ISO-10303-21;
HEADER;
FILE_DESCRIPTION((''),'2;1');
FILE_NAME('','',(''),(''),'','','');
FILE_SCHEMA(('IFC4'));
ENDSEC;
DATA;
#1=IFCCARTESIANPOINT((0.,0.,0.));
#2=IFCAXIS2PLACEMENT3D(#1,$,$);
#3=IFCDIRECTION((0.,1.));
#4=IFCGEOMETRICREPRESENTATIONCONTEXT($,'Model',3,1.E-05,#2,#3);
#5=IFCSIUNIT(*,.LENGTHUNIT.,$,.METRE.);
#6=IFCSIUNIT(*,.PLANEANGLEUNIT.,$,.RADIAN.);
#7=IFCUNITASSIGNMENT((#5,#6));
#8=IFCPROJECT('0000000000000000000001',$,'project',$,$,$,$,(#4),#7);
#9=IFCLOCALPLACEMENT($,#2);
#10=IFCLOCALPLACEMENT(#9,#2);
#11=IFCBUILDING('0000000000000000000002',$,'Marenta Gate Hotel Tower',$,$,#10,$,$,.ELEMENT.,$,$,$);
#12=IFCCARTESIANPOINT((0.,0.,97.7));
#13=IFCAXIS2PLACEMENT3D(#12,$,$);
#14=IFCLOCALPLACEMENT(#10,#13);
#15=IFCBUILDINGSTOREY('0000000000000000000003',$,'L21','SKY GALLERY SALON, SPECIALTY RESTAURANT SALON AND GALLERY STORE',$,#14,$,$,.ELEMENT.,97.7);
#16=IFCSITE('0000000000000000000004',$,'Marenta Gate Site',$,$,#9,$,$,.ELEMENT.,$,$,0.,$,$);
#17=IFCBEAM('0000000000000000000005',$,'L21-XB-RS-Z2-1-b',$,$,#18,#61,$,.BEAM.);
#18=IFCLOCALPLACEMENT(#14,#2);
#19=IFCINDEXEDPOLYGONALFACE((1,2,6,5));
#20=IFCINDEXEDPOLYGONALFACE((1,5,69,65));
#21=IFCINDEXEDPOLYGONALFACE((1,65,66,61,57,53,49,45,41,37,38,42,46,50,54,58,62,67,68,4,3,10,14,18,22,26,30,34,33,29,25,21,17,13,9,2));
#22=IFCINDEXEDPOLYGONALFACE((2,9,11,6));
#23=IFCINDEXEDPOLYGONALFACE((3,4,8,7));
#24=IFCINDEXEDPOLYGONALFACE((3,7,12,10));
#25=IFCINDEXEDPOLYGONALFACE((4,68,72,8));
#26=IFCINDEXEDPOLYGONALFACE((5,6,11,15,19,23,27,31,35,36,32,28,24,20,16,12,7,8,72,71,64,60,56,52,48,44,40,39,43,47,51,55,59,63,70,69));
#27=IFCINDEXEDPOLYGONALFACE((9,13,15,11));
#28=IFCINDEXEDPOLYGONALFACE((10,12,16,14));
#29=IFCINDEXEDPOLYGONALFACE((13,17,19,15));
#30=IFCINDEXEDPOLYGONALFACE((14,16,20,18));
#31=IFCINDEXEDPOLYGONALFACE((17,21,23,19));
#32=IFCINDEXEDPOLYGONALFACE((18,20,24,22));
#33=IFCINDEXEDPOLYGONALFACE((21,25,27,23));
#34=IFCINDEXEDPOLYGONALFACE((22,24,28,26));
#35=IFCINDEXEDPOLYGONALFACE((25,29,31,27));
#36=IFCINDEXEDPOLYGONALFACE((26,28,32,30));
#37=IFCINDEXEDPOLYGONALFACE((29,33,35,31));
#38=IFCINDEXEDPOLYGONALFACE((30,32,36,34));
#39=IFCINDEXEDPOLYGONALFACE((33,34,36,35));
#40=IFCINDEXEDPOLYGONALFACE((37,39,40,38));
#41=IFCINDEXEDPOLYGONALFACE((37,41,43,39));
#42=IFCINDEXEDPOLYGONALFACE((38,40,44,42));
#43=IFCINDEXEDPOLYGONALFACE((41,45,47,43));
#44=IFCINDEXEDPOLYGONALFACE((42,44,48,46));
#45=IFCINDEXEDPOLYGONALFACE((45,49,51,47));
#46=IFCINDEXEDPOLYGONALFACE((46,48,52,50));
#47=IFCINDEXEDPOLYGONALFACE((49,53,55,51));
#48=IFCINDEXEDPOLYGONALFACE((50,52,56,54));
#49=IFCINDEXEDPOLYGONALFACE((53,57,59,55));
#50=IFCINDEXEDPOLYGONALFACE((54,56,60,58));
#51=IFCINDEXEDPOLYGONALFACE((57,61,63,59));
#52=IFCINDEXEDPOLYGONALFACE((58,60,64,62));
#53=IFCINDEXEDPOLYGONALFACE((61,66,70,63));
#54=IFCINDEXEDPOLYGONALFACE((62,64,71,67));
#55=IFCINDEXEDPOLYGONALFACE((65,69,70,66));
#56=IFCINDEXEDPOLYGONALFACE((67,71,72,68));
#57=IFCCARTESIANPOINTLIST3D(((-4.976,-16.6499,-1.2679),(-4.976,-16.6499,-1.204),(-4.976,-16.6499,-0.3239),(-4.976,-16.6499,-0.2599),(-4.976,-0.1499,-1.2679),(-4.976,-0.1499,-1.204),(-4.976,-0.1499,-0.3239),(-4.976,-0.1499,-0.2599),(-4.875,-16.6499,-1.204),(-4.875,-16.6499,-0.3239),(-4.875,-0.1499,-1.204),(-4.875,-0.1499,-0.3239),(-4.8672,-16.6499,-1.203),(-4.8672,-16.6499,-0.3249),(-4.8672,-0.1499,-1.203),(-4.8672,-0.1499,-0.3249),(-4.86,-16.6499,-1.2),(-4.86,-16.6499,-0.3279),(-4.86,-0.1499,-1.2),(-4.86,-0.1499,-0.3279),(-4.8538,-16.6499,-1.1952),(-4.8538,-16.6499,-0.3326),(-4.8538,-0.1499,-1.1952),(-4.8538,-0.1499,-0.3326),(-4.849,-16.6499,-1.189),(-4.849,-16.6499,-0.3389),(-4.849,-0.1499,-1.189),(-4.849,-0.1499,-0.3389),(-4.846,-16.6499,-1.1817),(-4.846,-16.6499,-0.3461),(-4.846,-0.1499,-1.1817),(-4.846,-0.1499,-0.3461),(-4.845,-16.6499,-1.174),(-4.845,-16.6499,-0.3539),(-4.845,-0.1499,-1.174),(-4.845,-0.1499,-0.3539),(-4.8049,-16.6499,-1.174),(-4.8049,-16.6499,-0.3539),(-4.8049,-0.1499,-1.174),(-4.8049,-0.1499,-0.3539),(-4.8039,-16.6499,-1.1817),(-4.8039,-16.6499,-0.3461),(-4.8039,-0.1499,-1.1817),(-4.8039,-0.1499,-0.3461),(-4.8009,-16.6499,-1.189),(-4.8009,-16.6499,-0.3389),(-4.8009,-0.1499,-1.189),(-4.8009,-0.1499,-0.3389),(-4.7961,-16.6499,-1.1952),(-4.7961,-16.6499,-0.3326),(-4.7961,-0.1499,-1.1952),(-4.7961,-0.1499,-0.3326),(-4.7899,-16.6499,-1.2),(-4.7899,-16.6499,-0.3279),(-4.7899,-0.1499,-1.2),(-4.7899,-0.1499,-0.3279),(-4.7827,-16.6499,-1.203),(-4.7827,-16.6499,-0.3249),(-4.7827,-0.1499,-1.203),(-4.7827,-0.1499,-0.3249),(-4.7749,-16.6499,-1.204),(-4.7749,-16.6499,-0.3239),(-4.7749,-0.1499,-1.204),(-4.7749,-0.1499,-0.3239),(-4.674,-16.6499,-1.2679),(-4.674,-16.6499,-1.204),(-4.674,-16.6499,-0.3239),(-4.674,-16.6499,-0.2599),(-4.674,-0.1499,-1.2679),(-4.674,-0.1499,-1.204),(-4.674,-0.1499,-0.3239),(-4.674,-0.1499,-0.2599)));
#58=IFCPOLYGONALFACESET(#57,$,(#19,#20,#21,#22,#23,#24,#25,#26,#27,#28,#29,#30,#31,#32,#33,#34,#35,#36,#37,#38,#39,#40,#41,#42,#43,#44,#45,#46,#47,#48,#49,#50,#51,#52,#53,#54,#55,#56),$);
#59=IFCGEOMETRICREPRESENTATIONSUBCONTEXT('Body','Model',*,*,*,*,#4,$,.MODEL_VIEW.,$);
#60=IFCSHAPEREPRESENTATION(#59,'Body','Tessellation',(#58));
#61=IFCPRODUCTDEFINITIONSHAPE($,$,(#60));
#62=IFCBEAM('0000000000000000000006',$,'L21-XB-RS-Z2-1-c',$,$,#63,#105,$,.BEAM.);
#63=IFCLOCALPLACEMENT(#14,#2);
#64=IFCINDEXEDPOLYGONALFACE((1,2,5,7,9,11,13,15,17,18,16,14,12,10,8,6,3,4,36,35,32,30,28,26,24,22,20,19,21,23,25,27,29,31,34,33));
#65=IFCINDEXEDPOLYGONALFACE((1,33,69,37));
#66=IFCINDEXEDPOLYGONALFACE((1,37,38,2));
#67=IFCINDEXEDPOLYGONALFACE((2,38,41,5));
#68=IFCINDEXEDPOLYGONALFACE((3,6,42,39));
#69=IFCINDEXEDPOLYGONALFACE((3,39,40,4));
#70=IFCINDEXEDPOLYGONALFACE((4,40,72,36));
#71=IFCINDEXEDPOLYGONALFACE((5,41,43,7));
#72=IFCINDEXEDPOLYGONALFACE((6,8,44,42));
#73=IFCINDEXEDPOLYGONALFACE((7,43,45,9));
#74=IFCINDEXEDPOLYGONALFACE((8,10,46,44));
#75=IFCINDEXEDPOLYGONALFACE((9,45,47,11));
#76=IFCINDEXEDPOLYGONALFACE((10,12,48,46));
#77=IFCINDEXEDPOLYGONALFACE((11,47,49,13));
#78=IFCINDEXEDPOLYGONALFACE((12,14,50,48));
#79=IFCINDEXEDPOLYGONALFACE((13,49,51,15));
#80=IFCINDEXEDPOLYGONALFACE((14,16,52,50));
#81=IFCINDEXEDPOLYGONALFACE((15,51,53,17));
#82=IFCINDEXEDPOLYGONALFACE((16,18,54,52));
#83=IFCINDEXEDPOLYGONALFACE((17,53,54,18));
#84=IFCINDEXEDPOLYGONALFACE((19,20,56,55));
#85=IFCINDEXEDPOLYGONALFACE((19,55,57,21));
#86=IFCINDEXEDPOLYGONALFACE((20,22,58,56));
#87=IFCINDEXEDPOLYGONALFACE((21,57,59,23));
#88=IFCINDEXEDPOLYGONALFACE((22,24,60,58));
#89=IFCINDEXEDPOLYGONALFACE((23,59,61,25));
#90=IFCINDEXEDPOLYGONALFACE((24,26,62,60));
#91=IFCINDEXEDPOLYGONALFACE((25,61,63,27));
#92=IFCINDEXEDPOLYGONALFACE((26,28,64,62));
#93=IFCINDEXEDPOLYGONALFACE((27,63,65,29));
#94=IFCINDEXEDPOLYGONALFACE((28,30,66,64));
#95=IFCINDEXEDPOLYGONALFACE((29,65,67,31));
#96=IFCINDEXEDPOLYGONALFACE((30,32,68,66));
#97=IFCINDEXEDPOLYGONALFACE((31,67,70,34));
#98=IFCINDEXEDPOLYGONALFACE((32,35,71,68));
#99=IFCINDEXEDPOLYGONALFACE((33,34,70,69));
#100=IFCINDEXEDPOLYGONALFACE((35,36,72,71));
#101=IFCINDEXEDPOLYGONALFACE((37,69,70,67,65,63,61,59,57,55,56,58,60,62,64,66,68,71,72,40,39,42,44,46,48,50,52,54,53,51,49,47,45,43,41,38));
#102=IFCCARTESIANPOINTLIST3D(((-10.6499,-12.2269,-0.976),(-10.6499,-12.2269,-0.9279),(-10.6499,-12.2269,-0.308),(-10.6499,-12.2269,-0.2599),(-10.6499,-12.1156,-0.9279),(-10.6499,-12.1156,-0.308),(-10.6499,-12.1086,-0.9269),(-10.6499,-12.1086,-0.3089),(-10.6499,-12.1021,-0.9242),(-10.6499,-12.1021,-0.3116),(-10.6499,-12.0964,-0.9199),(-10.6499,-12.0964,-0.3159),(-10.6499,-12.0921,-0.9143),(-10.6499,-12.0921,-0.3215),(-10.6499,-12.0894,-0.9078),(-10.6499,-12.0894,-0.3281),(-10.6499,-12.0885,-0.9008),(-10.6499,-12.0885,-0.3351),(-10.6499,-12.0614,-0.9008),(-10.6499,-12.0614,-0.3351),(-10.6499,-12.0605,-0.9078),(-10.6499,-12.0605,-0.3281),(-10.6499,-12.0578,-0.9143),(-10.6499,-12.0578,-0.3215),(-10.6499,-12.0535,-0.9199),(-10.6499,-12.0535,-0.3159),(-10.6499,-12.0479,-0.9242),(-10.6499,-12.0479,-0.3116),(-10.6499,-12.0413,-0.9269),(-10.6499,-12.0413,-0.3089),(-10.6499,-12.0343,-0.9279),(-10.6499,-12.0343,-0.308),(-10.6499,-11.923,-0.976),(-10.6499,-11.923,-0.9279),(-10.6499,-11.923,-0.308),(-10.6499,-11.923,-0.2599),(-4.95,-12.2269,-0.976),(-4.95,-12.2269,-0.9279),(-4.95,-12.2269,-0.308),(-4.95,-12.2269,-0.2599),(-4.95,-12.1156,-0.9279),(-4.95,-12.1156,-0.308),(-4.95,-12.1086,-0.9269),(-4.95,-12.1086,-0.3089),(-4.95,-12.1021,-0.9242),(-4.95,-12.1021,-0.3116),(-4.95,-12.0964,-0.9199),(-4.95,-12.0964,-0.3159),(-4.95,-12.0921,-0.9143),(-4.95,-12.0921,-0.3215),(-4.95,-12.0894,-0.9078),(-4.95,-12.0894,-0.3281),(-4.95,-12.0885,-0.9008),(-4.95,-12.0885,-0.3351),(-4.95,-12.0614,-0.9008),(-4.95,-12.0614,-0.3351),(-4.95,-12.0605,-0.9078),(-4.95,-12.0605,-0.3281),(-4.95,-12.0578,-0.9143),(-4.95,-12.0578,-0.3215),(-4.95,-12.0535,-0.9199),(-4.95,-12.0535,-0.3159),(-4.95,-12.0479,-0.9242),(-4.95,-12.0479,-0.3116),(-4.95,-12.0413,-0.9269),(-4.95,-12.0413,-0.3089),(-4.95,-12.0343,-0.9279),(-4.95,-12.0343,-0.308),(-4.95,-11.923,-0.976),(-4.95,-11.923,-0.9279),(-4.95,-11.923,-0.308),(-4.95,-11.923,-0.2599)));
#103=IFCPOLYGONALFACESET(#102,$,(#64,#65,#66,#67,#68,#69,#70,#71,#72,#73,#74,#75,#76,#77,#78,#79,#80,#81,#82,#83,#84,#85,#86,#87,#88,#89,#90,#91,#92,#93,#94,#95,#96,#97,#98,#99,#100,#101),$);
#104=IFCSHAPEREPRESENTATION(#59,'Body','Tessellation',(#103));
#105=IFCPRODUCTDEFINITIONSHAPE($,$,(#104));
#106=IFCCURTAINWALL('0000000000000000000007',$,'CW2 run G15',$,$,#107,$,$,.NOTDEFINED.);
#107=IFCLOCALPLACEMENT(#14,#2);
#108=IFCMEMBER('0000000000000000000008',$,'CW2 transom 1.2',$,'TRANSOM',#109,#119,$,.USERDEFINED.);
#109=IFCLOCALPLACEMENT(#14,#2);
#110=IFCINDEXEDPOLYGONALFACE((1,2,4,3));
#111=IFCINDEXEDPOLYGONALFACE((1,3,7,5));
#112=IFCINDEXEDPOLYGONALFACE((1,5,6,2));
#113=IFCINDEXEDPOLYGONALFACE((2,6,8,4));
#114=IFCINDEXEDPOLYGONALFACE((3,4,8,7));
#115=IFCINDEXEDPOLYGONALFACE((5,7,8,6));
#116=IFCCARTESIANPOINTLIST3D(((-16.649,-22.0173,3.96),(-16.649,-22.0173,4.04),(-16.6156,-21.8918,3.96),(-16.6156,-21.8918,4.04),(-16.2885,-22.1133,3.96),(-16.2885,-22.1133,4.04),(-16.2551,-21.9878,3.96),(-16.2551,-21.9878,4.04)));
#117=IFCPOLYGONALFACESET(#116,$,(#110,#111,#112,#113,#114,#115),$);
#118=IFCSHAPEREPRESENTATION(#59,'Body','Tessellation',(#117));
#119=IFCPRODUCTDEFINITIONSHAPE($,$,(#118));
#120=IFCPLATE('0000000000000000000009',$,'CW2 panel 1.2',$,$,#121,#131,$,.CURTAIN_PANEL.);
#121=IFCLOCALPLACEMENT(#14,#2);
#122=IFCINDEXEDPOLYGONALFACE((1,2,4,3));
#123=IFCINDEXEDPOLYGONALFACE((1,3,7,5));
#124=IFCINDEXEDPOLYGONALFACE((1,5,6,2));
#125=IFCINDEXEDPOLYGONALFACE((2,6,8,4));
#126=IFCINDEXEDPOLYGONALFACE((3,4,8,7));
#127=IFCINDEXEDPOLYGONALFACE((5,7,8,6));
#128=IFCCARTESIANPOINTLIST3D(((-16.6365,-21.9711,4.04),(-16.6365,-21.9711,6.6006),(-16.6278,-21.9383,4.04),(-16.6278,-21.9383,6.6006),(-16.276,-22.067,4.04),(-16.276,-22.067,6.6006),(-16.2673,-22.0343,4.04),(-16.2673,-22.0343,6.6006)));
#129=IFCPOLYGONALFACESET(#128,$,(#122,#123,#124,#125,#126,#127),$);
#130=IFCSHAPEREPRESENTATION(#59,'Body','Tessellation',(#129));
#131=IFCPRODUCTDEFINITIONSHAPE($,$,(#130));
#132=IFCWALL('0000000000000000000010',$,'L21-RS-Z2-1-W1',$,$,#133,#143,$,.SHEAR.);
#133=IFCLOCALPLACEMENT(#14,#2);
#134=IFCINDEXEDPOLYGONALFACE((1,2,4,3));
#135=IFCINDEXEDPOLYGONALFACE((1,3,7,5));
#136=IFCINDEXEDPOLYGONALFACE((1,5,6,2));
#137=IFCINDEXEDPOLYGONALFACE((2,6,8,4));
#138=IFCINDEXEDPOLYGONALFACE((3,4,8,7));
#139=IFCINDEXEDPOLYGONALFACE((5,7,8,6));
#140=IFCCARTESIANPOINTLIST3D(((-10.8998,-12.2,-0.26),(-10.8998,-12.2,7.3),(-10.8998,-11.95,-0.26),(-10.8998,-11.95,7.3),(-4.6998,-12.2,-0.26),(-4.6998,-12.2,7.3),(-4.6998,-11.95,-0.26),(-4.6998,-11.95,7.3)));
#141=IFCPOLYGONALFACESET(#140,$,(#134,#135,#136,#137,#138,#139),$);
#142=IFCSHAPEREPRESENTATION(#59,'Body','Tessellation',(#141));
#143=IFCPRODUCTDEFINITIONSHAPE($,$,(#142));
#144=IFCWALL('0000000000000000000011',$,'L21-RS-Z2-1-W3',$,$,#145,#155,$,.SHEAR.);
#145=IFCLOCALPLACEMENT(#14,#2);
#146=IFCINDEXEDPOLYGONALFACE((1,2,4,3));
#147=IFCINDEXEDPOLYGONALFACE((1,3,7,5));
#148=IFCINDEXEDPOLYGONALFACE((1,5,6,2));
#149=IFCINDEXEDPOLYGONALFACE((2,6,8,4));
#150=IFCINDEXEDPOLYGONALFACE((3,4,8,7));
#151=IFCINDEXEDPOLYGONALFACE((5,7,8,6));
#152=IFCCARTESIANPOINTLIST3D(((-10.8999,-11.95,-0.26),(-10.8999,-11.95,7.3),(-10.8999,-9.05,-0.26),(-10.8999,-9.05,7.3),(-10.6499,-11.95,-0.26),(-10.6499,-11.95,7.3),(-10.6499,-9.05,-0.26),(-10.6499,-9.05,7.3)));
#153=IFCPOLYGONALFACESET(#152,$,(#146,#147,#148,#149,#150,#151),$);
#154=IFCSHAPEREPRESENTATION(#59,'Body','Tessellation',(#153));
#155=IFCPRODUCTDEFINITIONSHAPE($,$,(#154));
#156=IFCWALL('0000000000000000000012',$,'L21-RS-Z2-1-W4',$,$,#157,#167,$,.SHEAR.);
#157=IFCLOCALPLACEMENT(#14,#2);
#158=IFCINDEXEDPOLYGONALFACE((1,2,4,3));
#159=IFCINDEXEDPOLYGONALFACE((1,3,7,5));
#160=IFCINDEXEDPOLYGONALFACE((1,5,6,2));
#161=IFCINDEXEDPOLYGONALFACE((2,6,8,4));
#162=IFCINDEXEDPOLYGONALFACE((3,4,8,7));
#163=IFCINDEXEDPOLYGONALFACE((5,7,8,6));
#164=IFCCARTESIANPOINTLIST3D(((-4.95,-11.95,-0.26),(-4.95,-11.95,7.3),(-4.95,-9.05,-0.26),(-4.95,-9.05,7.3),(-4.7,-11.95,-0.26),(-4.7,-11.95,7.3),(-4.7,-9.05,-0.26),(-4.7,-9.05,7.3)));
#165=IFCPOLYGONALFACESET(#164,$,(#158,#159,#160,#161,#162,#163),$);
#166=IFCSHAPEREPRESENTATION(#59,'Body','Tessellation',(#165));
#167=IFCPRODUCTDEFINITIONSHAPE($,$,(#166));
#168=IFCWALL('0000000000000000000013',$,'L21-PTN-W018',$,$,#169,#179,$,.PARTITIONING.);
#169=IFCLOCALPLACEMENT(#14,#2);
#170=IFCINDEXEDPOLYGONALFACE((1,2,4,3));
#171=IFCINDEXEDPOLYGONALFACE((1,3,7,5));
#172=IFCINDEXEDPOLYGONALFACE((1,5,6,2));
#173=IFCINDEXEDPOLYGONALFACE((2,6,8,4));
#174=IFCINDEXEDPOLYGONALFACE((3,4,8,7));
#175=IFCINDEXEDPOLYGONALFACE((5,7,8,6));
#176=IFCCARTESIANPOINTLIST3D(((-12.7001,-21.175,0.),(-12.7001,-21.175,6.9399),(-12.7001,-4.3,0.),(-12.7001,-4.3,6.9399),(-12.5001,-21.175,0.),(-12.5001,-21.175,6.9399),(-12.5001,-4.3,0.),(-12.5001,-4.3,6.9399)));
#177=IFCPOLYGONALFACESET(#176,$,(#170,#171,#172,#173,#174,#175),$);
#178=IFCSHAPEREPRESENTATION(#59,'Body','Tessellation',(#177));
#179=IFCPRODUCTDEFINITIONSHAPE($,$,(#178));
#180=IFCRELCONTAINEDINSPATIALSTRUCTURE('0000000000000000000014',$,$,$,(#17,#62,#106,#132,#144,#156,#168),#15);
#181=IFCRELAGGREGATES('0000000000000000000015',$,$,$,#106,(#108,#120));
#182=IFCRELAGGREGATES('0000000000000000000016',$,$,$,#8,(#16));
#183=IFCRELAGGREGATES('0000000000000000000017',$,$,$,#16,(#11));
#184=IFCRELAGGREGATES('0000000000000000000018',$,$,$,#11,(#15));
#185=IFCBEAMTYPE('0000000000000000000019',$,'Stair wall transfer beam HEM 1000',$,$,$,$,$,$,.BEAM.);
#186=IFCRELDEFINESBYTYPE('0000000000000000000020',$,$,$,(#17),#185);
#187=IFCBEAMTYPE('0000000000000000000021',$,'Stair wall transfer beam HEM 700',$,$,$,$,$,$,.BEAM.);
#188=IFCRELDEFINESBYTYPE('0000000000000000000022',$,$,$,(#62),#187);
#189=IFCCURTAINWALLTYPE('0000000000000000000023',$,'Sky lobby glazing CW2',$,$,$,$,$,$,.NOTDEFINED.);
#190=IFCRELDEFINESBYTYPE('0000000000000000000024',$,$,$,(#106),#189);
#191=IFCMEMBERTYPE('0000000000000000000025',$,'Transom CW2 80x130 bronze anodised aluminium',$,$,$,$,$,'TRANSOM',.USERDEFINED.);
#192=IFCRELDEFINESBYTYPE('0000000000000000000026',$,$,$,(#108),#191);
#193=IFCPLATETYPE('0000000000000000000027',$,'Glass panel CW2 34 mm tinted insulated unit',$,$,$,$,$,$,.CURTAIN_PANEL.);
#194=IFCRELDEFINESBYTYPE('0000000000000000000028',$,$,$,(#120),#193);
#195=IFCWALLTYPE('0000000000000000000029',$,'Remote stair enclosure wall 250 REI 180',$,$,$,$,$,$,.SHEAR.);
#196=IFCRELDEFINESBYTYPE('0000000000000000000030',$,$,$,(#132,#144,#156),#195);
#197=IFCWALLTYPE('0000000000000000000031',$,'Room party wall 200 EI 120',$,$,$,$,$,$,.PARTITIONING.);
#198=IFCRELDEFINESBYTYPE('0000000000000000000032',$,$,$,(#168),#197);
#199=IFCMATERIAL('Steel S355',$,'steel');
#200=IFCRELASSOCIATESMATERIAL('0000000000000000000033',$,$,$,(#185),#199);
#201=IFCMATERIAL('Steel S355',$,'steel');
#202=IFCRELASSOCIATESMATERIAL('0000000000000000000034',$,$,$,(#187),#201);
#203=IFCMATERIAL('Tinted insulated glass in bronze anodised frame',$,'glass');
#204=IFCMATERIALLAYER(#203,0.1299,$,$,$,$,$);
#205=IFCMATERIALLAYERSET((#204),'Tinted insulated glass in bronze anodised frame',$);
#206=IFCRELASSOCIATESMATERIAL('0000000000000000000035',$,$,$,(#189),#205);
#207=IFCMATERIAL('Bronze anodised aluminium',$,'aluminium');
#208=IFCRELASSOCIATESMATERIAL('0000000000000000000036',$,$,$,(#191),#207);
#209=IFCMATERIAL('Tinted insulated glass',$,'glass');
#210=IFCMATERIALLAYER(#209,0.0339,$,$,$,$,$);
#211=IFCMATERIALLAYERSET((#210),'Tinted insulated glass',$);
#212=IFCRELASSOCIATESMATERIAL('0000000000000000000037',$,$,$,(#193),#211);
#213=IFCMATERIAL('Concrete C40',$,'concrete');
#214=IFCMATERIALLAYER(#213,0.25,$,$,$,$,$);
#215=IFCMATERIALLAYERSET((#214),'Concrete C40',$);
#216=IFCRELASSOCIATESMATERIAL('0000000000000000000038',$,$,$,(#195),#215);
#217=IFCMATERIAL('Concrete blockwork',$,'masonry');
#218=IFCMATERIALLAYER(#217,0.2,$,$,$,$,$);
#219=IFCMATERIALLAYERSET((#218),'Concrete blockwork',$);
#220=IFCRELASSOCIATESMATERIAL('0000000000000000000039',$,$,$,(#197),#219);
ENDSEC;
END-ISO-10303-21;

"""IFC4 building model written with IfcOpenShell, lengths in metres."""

from ifc_helpers import new_model, si_unit, direction, frame, frame_2d, origin, origin_2d, place, context, subcontext, project, spatial, rectangle, i_section, extrude, material, layer, layer_set, material_profile, profile_set, type_object, element, aggregate, save


model = new_model("IFC4")

# Units and contexts
model_context = context("Model", 3, precision=1e-05, world=origin(), true_north=direction((0.0, 1.0)))
body_context = subcontext(model_context, "Body", "Model", "MODEL_VIEW")
ifc_project = project(units=[si_unit("LENGTHUNIT", "METRE"), si_unit("PLANEANGLEUNIT", "RADIAN")], contexts=[model_context])

# Site, building, storey
site_placement = place(None, origin())
site = spatial("IfcSite", under=ifc_project, at=site_placement, Name="Marenta Gate Site", CompositionType="ELEMENT", RefElevation=0.0)
building_placement = place(site_placement, origin())
building = spatial("IfcBuilding", under=site, at=building_placement, Name="Marenta Gate Hotel Tower", CompositionType="ELEMENT")
storey_placement = place(building_placement, frame((0.0, 0.0, 97.7)))
storey = spatial("IfcBuildingStorey", under=building, at=storey_placement, Name="L21", Description="SKY GALLERY SALON, SPECIALTY RESTAURANT SALON AND GALLERY STORE", CompositionType="ELEMENT", Elevation=97.7)

# Beams
ifc_material_1 = material(Name="Steel S355", Category="steel")
ifc_material_profile_1 = material_profile(ifc_material_1, i_section(OverallWidth=0.302, OverallDepth=1.0081, WebThickness=0.04, FlangeThickness=0.064, FilletRadius=0.03, at=origin_2d()), Name="HEM 1000")
ifc_profile_set_1 = profile_set([ifc_material_profile_1], Name="Steel S355")
beam_type_1 = type_object("IfcBeamType", Name="Stair wall transfer beam HEM 1000", PredefinedType="BEAM", material=ifc_profile_set_1)
for number, where, z_axis, x_axis, name in (
    (1, (-4.825, -16.6499, -0.7639), (0.0, 1.0, 0.0), (-1.0, 0.0, 0.0), "L21-XB-RS-Z2-1-b"),
):
    element("IfcBeam", number, at=place(storey_placement, frame(where, z_axis=z_axis, x_axis=x_axis)), inside=storey, type_object=beam_type_1, Name=name, PredefinedType="BEAM", context=body_context, shape_type="SweptSolid", body=[
        extrude(i_section(OverallWidth=0.302, OverallDepth=1.0081, WebThickness=0.04, FlangeThickness=0.064, FilletRadius=0.03, at=origin_2d()), origin(), (0.0, 0.0, 1.0), 16.5),
    ])
ifc_material_2 = material(Name="Steel S355", Category="steel")
ifc_material_profile_2 = material_profile(ifc_material_2, i_section(OverallWidth=0.304, OverallDepth=0.7161, WebThickness=0.0271, FlangeThickness=0.0481, FilletRadius=0.0271, at=origin_2d()), Name="HEM 700")
ifc_profile_set_2 = profile_set([ifc_material_profile_2], Name="Steel S355")
beam_type_2 = type_object("IfcBeamType", Name="Stair wall transfer beam HEM 700", PredefinedType="BEAM", material=ifc_profile_set_2)
beam_1_placement = place(storey_placement, frame((-10.6499, -12.075, -0.6179), z_axis=(1.0, 0.0, 0.0), x_axis=(0.0, 1.0, 0.0)))
element("IfcBeam", 2, at=beam_1_placement, inside=storey, type_object=beam_type_2, Name="L21-XB-RS-Z2-1-c", PredefinedType="BEAM", context=body_context, shape_type="SweptSolid", body=[
    extrude(i_section(OverallWidth=0.304, OverallDepth=0.7161, WebThickness=0.0271, FlangeThickness=0.0481, FilletRadius=0.0271, at=origin_2d()), origin(), (0.0, 0.0, 1.0), 5.7),
])

# Curtain wall, member, plate
ifc_material_3 = material(Name="Tinted insulated glass in bronze anodised frame", Category="glass")
ifc_layer_1 = layer(ifc_material_3, 0.1299)
ifc_layer_set_1 = layer_set([ifc_layer_1], Name="Tinted insulated glass in bronze anodised frame")
curtain_wall_type = type_object("IfcCurtainWallType", Name="Sky lobby glazing CW2", PredefinedType="NOTDEFINED", material=ifc_layer_set_1)
curtain_wall_placement = place(storey_placement, origin())
curtain_wall = element("IfcCurtainWall", 3, at=curtain_wall_placement, inside=storey, type_object=curtain_wall_type, Name="CW2 run G15", PredefinedType="NOTDEFINED")
ifc_material_4 = material(Name="Bronze anodised aluminium", Category="aluminium")
ifc_material_profile_3 = material_profile(ifc_material_4, rectangle(XDim=0.1299, YDim=0.0801, at=origin_2d()), Name="Transom CW2 80x130 bronze anodised aluminium")
ifc_profile_set_3 = profile_set([ifc_material_profile_3], Name="Bronze anodised aluminium")
member_type = type_object("IfcMemberType", Name="Transom CW2 80x130 bronze anodised aluminium", ElementType="TRANSOM", PredefinedType="USERDEFINED", material=ifc_profile_set_3)
member_placement = place(storey_placement, frame((-16.6323, -21.9546, 4.0), z_axis=(0.966376, -0.257133, 0.0), x_axis=(0.257133, 0.966376, 0.0)))
member = element("IfcMember", 4, at=member_placement, type_object=member_type, Name="CW2 transom 1.2", ObjectType="TRANSOM", PredefinedType="USERDEFINED", context=body_context, shape_type="SweptSolid", body=[
    extrude(rectangle(XDim=0.1299, YDim=0.0801, at=origin_2d()), origin(), (0.0, 0.0, 1.0), 0.373),
])
ifc_material_5 = material(Name="Tinted insulated glass", Category="glass")
ifc_layer_2 = layer(ifc_material_5, 0.0339)
ifc_layer_set_2 = layer_set([ifc_layer_2], Name="Tinted insulated glass")
plate_type = type_object("IfcPlateType", Name="Glass panel CW2 34 mm tinted insulated unit", PredefinedType="CURTAIN_PANEL", material=ifc_layer_set_2)
plate_placement = place(storey_placement, frame((-16.4519, -22.0027, 4.04), z_axis=(0.0, 0.0, 1.0), x_axis=(0.96637, -0.257154, 0.0)))
plate = element("IfcPlate", 5, at=plate_placement, type_object=plate_type, Name="CW2 panel 1.2", PredefinedType="CURTAIN_PANEL", context=body_context, shape_type="SweptSolid", body=[
    extrude(rectangle(XDim=0.373, YDim=0.0339, at=origin_2d()), origin(), (0.0, 0.0, 1.0), 2.5605),
])
aggregate(curtain_wall, [member, plate])

# Walls
ifc_material_6 = material(Name="Concrete C40", Category="concrete")
ifc_layer_3 = layer(ifc_material_6, 0.25)
ifc_layer_set_3 = layer_set([ifc_layer_3], Name="Concrete C40")
wall_type_1 = type_object("IfcWallType", Name="Remote stair enclosure wall 250 REI 180", PredefinedType="SHEAR", material=ifc_layer_set_3)
wall_1_placement = place(storey_placement, frame((-10.8999, -12.075, -0.26), z_axis=(0.0, 0.0, 1.0), x_axis=(1.0, 0.0, 0.0)))
element("IfcWall", 6, at=wall_1_placement, inside=storey, type_object=wall_type_1, Name="L21-RS-Z2-1-W1", PredefinedType="SHEAR", context=body_context, shape_type="SweptSolid", body=[
    extrude(rectangle(XDim=6.2, YDim=0.25, at=frame_2d((3.1001, 0.0))), origin(), (0.0, 0.0, 1.0), 7.5601),
])
for number, where, z_axis, x_axis, name in (
    (7, (-10.7749, -11.95, -0.26), (0.0, 0.0, 1.0), (0.0, 1.0, 0.0), "L21-RS-Z2-1-W3"),
    (8, (-4.825, -11.95, -0.26), (0.0, 0.0, 1.0), (0.0, 1.0, 0.0), "L21-RS-Z2-1-W4"),
):
    element("IfcWall", number, at=place(storey_placement, frame(where, z_axis=z_axis, x_axis=x_axis)), inside=storey, type_object=wall_type_1, Name=name, PredefinedType="SHEAR", context=body_context, shape_type="SweptSolid", body=[
        extrude(rectangle(XDim=2.8999, YDim=0.25, at=frame_2d((1.45, 0.0))), origin(), (0.0, 0.0, 1.0), 7.5601),
    ])
ifc_material_7 = material(Name="Concrete blockwork", Category="masonry")
ifc_layer_4 = layer(ifc_material_7, 0.2)
ifc_layer_set_4 = layer_set([ifc_layer_4], Name="Concrete blockwork")
wall_type_2 = type_object("IfcWallType", Name="Room party wall 200 EI 120", PredefinedType="PARTITIONING", material=ifc_layer_set_4)
wall_2_placement = place(storey_placement, frame((-12.6001, -21.175, 0.0), z_axis=(0.0, 0.0, 1.0), x_axis=(0.0, 1.0, 0.0)))
element("IfcWall", 9, at=wall_2_placement, inside=storey, type_object=wall_type_2, Name="L21-PTN-W018", PredefinedType="PARTITIONING", context=body_context, shape_type="SweptSolid", body=[
    extrude(rectangle(XDim=16.875, YDim=0.2, at=frame_2d((8.4375, 0.0))), origin(), (0.0, 0.0, 1.0), 6.9399),
])

save(model, "model.ifc")
